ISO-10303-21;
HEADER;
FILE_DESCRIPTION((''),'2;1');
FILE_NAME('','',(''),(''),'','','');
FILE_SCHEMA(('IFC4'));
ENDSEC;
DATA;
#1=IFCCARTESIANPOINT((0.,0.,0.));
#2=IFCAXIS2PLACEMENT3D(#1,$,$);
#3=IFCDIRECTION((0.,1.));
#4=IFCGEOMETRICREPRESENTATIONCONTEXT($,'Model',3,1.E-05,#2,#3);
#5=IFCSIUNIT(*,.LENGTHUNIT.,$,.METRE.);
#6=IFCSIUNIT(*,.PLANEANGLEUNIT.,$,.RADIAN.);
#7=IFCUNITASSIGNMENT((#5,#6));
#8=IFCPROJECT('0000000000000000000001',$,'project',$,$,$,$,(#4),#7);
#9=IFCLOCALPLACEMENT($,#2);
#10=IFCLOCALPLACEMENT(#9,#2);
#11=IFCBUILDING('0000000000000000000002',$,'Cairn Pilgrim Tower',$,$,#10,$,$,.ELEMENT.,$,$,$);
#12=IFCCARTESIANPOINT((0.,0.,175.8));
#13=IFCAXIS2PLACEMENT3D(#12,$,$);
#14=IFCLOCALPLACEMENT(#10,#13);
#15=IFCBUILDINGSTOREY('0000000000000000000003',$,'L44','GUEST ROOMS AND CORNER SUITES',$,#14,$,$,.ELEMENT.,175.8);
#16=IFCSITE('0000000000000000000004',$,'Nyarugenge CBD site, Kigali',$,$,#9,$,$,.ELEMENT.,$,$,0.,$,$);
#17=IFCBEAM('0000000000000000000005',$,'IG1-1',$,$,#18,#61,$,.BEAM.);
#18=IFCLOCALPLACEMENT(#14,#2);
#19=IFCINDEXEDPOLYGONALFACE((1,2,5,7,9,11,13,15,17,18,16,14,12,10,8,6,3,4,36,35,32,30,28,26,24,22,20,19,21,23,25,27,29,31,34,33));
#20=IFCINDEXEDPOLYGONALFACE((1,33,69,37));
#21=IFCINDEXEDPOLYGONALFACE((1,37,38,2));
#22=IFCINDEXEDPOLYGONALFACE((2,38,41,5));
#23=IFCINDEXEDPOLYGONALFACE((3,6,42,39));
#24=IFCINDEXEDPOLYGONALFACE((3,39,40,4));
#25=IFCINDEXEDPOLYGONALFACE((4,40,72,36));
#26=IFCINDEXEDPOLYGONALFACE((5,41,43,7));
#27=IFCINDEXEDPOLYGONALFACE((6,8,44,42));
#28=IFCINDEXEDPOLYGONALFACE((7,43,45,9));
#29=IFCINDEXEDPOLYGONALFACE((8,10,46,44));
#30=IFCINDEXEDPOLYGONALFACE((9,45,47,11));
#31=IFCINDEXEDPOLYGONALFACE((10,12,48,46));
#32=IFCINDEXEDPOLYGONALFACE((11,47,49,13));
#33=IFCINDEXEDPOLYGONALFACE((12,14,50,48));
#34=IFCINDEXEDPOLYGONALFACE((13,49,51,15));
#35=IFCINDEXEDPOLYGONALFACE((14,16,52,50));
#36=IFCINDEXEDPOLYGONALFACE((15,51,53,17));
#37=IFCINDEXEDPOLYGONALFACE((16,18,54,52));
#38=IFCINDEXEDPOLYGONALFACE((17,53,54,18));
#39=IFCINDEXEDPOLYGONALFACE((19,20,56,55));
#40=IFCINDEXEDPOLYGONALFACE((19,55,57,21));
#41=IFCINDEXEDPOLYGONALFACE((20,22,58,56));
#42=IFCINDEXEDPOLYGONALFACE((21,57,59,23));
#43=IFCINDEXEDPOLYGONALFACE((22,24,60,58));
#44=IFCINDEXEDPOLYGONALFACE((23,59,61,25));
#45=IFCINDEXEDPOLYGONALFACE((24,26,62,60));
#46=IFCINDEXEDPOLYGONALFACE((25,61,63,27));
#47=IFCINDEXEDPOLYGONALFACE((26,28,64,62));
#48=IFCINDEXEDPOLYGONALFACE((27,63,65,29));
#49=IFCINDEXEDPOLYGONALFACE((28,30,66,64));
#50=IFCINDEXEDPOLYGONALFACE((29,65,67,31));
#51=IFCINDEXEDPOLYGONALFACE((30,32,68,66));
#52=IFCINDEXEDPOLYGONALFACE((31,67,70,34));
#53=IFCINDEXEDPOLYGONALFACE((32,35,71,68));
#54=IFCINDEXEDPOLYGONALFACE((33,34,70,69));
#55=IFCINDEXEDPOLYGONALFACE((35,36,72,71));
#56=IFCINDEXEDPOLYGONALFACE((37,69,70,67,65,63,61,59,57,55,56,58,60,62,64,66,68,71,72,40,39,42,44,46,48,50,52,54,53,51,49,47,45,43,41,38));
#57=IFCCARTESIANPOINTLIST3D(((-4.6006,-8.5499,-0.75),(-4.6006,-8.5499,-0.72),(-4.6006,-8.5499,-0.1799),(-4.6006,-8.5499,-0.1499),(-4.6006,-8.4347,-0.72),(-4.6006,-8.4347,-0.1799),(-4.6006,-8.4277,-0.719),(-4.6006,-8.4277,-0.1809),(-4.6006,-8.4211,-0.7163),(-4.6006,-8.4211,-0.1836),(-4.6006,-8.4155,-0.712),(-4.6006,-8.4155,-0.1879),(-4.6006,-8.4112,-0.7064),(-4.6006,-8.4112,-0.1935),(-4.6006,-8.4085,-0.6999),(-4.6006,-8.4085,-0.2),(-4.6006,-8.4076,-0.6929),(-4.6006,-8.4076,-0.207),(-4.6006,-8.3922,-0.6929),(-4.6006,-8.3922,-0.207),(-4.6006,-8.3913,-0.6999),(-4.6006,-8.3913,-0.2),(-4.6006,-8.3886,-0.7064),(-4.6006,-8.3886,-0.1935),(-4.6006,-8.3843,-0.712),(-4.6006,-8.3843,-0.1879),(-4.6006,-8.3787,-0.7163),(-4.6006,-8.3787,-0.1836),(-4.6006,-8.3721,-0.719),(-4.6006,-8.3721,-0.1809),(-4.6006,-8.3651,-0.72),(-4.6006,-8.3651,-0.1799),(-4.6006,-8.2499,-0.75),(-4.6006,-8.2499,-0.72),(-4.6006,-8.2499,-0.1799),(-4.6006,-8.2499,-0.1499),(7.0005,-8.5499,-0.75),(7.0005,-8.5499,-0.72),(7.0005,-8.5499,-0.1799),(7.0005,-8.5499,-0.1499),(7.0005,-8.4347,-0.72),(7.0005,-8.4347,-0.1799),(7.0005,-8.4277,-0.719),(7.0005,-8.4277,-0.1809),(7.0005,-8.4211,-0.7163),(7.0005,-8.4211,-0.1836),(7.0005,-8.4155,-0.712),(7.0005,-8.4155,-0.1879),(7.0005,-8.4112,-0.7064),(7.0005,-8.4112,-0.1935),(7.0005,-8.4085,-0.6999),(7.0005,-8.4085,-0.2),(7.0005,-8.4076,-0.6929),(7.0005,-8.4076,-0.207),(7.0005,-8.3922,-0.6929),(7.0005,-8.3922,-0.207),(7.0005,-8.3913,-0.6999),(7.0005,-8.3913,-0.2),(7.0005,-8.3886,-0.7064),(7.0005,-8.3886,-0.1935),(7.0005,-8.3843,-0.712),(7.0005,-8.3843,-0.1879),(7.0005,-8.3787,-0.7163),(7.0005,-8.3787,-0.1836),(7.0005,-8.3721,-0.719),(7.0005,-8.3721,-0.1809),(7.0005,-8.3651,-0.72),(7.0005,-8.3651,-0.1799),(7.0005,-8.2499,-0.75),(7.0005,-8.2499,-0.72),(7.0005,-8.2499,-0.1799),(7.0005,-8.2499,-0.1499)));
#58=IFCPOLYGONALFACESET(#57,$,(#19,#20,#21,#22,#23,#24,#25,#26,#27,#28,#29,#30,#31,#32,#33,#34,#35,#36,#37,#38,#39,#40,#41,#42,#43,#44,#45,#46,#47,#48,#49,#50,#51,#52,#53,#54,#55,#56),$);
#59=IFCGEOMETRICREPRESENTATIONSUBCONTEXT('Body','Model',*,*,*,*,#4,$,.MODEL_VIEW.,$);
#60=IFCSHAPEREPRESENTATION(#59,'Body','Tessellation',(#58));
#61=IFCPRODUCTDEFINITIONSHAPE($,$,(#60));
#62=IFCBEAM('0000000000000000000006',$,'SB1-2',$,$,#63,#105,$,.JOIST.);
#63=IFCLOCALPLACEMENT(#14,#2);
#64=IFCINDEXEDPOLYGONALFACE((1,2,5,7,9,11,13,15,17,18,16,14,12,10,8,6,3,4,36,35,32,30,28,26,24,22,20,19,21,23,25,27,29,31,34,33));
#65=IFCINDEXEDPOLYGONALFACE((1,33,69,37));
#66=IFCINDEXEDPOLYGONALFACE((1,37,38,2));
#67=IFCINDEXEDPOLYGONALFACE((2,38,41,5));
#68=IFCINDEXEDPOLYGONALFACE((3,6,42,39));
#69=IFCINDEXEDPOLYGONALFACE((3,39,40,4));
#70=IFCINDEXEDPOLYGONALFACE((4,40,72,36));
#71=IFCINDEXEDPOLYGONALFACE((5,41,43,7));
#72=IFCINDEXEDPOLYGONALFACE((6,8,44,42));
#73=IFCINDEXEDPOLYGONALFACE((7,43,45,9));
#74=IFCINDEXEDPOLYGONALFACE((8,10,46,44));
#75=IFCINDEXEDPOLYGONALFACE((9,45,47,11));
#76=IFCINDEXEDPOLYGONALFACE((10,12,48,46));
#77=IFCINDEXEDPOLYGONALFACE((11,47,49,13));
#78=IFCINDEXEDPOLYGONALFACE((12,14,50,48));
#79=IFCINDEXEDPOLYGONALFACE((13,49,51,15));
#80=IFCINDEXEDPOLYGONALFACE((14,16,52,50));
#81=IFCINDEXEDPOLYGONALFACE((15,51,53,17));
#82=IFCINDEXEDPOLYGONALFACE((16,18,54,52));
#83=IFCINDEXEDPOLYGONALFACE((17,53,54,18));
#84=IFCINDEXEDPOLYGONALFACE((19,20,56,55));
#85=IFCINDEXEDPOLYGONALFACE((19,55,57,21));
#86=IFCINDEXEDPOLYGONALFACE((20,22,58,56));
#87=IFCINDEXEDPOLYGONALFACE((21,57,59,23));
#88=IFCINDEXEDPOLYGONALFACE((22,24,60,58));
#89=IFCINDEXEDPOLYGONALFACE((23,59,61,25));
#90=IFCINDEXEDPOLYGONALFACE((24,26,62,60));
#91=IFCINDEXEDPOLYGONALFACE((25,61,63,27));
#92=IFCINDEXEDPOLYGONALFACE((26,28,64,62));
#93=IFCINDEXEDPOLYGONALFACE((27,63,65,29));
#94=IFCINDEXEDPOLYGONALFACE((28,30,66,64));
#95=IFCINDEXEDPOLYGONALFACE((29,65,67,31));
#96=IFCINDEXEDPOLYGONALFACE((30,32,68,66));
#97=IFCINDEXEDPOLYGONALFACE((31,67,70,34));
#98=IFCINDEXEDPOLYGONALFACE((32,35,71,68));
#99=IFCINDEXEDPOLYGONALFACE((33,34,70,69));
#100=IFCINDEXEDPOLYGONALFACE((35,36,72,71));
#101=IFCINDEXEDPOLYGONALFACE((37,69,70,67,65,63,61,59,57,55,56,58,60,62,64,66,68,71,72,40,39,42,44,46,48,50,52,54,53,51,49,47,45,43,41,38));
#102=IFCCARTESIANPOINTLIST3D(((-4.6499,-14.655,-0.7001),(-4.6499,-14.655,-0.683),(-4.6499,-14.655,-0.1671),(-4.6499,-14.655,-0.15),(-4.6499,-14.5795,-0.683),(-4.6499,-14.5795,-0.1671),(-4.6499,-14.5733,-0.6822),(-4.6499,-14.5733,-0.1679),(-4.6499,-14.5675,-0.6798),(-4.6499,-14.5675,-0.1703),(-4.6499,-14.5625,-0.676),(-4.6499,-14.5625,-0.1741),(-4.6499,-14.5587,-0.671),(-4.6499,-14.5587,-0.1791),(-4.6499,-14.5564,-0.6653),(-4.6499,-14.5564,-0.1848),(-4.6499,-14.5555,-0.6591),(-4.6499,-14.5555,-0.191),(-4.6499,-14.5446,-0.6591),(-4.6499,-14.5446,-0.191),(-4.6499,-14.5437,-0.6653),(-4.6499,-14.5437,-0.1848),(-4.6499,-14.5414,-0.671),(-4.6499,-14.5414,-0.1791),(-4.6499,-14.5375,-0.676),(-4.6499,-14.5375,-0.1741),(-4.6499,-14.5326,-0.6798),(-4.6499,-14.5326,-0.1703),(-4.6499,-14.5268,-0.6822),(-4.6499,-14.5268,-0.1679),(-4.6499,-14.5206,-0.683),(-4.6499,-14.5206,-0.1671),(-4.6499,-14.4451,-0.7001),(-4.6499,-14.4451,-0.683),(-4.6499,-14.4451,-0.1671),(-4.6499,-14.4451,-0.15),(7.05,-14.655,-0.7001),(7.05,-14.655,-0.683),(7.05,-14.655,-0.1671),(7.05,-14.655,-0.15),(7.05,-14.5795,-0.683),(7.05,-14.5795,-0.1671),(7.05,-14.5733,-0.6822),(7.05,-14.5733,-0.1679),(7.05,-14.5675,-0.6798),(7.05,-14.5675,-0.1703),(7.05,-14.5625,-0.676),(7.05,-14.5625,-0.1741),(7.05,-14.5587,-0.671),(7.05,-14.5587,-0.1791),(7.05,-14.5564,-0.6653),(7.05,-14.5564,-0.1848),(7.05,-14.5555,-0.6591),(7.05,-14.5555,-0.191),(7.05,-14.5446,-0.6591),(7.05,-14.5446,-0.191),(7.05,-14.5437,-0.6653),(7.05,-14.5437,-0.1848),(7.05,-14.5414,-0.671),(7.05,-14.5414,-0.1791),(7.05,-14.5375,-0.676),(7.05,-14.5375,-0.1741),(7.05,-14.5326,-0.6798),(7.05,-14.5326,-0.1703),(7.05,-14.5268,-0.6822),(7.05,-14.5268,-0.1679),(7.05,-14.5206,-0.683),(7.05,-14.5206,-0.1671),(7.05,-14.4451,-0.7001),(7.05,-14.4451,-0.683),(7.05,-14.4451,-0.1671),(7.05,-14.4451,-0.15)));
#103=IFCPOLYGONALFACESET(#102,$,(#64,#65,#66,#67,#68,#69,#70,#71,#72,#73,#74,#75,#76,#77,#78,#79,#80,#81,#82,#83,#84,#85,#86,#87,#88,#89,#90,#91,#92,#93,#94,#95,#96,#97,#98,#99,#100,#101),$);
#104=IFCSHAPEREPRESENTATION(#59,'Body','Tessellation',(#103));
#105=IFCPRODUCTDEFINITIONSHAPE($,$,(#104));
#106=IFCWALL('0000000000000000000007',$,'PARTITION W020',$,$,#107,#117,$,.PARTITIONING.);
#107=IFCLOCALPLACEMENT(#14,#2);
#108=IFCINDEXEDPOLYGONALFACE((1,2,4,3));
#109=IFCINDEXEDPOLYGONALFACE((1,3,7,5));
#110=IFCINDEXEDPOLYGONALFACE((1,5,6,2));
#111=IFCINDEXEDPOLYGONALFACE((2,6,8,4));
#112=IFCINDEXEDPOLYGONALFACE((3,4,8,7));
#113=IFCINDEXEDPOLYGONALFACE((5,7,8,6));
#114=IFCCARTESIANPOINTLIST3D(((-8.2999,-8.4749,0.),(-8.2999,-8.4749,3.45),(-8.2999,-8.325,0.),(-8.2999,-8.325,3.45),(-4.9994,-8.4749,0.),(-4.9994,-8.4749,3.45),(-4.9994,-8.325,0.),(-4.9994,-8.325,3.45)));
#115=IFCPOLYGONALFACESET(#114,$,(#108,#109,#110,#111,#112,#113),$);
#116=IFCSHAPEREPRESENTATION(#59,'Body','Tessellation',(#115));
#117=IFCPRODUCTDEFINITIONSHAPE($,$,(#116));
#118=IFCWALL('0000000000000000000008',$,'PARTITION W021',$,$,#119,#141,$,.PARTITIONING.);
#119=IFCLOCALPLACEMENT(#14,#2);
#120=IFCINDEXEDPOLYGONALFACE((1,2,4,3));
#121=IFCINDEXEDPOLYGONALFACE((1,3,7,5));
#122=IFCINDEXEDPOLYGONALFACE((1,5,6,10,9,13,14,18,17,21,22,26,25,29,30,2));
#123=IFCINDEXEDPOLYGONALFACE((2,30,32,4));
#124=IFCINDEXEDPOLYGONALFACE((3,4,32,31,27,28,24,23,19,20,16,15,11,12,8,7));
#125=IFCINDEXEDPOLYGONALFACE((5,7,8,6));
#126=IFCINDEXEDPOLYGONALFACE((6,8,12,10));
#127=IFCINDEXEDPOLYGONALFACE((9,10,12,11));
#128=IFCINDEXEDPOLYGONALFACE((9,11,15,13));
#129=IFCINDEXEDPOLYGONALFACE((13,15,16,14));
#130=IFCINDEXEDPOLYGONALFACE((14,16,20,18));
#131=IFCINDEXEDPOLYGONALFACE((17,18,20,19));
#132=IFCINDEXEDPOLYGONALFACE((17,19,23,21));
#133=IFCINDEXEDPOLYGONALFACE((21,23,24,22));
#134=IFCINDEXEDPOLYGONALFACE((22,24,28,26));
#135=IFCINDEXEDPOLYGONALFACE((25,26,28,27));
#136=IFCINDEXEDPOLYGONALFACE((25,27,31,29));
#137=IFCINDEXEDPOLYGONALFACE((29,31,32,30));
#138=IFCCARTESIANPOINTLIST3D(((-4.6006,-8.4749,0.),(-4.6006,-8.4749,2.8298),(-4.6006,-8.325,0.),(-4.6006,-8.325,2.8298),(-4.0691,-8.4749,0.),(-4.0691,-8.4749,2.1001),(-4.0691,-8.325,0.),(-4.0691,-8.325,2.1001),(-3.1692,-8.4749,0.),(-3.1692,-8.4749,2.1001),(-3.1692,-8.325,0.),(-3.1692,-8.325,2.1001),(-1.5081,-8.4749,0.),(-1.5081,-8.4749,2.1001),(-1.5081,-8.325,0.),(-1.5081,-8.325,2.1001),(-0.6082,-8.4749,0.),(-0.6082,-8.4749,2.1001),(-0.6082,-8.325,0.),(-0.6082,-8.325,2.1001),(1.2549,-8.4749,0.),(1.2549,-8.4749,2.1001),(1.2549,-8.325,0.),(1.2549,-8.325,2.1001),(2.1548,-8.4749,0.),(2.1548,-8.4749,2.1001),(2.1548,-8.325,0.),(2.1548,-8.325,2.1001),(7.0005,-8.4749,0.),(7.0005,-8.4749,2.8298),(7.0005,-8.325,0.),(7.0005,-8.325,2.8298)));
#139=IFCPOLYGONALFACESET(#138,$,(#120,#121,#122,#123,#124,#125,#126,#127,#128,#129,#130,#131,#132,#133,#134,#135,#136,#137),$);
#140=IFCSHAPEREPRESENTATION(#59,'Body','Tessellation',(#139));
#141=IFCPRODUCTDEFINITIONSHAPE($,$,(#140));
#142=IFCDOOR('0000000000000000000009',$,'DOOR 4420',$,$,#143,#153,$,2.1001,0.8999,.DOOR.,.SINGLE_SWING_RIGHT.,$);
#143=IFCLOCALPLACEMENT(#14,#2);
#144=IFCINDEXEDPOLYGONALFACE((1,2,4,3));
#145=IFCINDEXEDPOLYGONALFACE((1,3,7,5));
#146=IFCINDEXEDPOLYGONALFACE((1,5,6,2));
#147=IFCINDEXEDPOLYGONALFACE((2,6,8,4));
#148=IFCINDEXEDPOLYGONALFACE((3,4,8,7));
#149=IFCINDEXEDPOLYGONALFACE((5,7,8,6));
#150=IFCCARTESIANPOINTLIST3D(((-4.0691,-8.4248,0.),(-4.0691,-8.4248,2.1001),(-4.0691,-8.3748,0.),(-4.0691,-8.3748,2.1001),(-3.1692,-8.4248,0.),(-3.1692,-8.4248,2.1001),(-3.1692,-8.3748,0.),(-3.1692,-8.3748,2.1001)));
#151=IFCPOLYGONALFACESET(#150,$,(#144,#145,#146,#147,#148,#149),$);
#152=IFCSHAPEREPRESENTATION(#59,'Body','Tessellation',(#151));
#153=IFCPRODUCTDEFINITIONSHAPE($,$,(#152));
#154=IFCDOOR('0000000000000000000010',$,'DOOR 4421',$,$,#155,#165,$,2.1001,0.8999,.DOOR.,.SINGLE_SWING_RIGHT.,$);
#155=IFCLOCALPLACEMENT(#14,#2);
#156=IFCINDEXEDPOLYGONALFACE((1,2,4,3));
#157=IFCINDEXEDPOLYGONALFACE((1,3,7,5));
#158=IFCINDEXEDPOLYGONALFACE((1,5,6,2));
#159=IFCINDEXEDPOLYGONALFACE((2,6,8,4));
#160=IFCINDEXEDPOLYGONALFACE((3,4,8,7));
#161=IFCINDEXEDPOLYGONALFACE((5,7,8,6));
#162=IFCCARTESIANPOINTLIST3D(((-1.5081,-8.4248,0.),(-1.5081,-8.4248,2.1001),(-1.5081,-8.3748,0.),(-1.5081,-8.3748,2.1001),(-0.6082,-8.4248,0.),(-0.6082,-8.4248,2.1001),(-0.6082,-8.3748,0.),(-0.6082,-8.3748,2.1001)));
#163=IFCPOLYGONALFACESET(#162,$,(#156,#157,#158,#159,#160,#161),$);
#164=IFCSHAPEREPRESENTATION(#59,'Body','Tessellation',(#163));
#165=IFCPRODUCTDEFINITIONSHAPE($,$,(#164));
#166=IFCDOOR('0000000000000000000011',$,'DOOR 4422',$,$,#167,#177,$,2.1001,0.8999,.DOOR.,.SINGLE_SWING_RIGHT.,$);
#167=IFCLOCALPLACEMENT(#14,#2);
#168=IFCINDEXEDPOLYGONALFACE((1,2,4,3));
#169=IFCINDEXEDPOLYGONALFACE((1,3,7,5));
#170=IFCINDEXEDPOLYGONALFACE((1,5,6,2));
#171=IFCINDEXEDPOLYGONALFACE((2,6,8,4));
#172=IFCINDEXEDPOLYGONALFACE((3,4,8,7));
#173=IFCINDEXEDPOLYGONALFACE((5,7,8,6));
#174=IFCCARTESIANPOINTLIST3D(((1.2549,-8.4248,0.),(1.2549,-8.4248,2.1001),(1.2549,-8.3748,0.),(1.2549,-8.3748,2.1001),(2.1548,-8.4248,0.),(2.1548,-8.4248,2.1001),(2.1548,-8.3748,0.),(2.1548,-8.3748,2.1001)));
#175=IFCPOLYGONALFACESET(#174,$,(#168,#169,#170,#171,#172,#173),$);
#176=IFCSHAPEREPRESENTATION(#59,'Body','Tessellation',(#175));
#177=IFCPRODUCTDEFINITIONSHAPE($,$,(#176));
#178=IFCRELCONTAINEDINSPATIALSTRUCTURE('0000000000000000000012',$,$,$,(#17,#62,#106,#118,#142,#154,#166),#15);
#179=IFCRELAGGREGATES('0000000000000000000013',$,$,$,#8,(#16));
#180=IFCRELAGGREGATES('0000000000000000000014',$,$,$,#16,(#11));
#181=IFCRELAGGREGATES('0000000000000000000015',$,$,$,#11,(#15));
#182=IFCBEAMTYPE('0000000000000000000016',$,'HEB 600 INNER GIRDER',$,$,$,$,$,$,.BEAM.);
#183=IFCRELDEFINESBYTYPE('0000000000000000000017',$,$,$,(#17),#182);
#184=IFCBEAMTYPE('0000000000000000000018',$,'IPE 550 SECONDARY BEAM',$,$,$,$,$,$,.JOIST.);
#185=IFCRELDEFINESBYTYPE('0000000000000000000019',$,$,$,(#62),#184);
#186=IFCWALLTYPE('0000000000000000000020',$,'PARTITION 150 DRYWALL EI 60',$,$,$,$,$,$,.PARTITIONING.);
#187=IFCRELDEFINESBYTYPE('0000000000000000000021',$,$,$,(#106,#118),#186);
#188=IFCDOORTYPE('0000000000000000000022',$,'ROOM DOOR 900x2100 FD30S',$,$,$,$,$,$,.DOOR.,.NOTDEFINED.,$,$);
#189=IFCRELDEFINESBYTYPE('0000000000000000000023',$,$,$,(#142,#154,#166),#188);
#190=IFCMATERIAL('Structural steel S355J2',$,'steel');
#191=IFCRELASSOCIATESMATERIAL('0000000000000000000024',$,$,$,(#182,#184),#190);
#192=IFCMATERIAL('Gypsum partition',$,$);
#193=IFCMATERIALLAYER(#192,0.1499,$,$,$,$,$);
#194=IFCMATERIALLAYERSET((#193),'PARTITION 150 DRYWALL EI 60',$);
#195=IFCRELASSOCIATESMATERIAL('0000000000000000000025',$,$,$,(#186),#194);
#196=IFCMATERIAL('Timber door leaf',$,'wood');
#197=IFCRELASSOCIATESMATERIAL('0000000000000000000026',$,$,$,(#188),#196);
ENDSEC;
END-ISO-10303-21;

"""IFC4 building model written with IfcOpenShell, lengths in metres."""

from ifc_helpers import new_model, si_unit, direction, frame, frame_2d, origin, origin_2d, place, context, subcontext, project, spatial, rectangle, i_section, extrude, material, layer, layer_set, material_profile, profile_set, type_object, element, fill, save


model = new_model("IFC4")

# Units and contexts
model_context = context("Model", 3, precision=1e-05, world=origin(), true_north=direction((0.0, 1.0)))
body_context = subcontext(model_context, "Body", "Model", "MODEL_VIEW")
ifc_project = project(units=[si_unit("LENGTHUNIT", "METRE"), si_unit("PLANEANGLEUNIT", "RADIAN")], contexts=[model_context])

# Site, building, storey
site_placement = place(None, origin())
site = spatial("IfcSite", under=ifc_project, at=site_placement, Name="Nyarugenge CBD site, Kigali", CompositionType="ELEMENT", RefElevation=0.0)
building_placement = place(site_placement, origin())
building = spatial("IfcBuilding", under=site, at=building_placement, Name="Cairn Pilgrim Tower", CompositionType="ELEMENT")
storey_placement = place(building_placement, frame((0.0, 0.0, 175.8)))
storey = spatial("IfcBuildingStorey", under=building, at=storey_placement, Name="L44", Description="GUEST ROOMS AND CORNER SUITES", CompositionType="ELEMENT", Elevation=175.8)

# Shared definitions
ifc_material_1 = material(Name="Structural steel S355J2", Category="steel")

# Beams
ifc_material_profile_1 = material_profile(ifc_material_1, i_section(OverallWidth=0.3, OverallDepth=0.6001, WebThickness=0.0154, FlangeThickness=0.03, FilletRadius=0.0271, at=origin_2d()), Name="HEB 600")
ifc_profile_set_1 = profile_set([ifc_material_profile_1], Name="Structural steel S355J2")
beam_type_1 = type_object("IfcBeamType", Name="HEB 600 INNER GIRDER", PredefinedType="BEAM", material=ifc_profile_set_1)
beam_1_placement = place(storey_placement, frame((-4.6006, -8.3999, -0.45), z_axis=(1.0, 0.0, 0.0), x_axis=(0.0, 1.0, 0.0)))
element("IfcBeam", 1, at=beam_1_placement, inside=storey, type_object=beam_type_1, Name="IG1-1", PredefinedType="BEAM", context=body_context, shape_type="SweptSolid", body=[
    extrude(i_section(OverallWidth=0.3, OverallDepth=0.6001, WebThickness=0.0154, FlangeThickness=0.03, FilletRadius=0.0271, at=origin_2d()), origin(), (0.0, 0.0, 1.0), 11.6011),
])
ifc_material_profile_2 = material_profile(ifc_material_1, i_section(OverallWidth=0.21, OverallDepth=0.55, WebThickness=0.011, FlangeThickness=0.0171, FilletRadius=0.0239, at=origin_2d()), Name="IPE 550")
ifc_profile_set_2 = profile_set([ifc_material_profile_2], Name="Structural steel S355J2")
beam_type_2 = type_object("IfcBeamType", Name="IPE 550 SECONDARY BEAM", PredefinedType="JOIST", material=ifc_profile_set_2)
beam_2_placement = place(storey_placement, frame((-4.6499, -14.55, -0.425), z_axis=(1.0, 0.0, 0.0), x_axis=(0.0, 1.0, 0.0)))
element("IfcBeam", 2, at=beam_2_placement, inside=storey, type_object=beam_type_2, Name="SB1-2", PredefinedType="JOIST", context=body_context, shape_type="SweptSolid", body=[
    extrude(i_section(OverallWidth=0.21, OverallDepth=0.55, WebThickness=0.011, FlangeThickness=0.0171, FilletRadius=0.0239, at=origin_2d()), origin(), (0.0, 0.0, 1.0), 11.7),
])

# Wall
ifc_material_2 = material(Name="Gypsum partition")
ifc_layer_1 = layer(ifc_material_2, 0.1499)
ifc_layer_set_1 = layer_set([ifc_layer_1], Name="PARTITION 150 DRYWALL EI 60")
wall_type_1 = type_object("IfcWallType", Name="PARTITION 150 DRYWALL EI 60", PredefinedType="PARTITIONING", material=ifc_layer_set_1)
wall_1_placement = place(storey_placement, frame((-8.3, -8.3999, 0.0), z_axis=(0.0, 0.0, 1.0), x_axis=(1.0, 0.0, 0.0)))
element("IfcWall", 3, at=wall_1_placement, inside=storey, type_object=wall_type_1, Name="PARTITION W020", PredefinedType="PARTITIONING", context=body_context, shape_type="SweptSolid", body=[
    extrude(rectangle(XDim=3.3005, YDim=0.1499, at=frame_2d((1.6504, 0.0))), origin(), (0.0, 0.0, 1.0), 3.45),
])

# Wall, openings, doors
wall_2_placement = place(storey_placement, frame((-4.6006, -8.3999, 0.0), z_axis=(0.0, 0.0, 1.0), x_axis=(1.0, 0.0, 0.0)))
wall_2 = element("IfcWall", 4, at=wall_2_placement, inside=storey, type_object=wall_type_1, Name="PARTITION W021", PredefinedType="PARTITIONING", context=body_context, shape_type="SweptSolid", body=[
    extrude(rectangle(XDim=11.6011, YDim=0.1499, at=frame_2d((5.8005, 0.0))), origin(), (0.0, 0.0, 1.0), 2.8298),
])
opening_1_placement = place(wall_2_placement, frame((0.5315, 0.0, 0.0)))
opening_1 = element("IfcOpeningElement", 5, at=opening_1_placement, cuts=wall_2, PredefinedType="OPENING", context=body_context, shape_type="SweptSolid", body=[
    extrude(rectangle(XDim=0.8999, YDim=2.1001, at=frame_2d((0.45, 1.05))), frame((0.0, 0.085, 0.0), z_axis=(0.0, -1.0, 0.0), x_axis=(1.0, 0.0, 0.0)), (0.0, 0.0, 1.0), 0.1699),
])
opening_2_placement = place(wall_2_placement, frame((3.0925, 0.0, 0.0)))
opening_2 = element("IfcOpeningElement", 6, at=opening_2_placement, cuts=wall_2, PredefinedType="OPENING", context=body_context, shape_type="SweptSolid", body=[
    extrude(rectangle(XDim=0.8999, YDim=2.1001, at=frame_2d((0.45, 1.05))), frame((0.0, 0.085, 0.0), z_axis=(0.0, -1.0, 0.0), x_axis=(1.0, 0.0, 0.0)), (0.0, 0.0, 1.0), 0.1699),
])
opening_3_placement = place(wall_2_placement, frame((5.8555, 0.0, 0.0)))
opening_3 = element("IfcOpeningElement", 7, at=opening_3_placement, cuts=wall_2, PredefinedType="OPENING", context=body_context, shape_type="SweptSolid", body=[
    extrude(rectangle(XDim=0.8999, YDim=2.1001, at=frame_2d((0.45, 1.05))), frame((0.0, 0.085, 0.0), z_axis=(0.0, -1.0, 0.0), x_axis=(1.0, 0.0, 0.0)), (0.0, 0.0, 1.0), 0.1699),
])
ifc_material_3 = material(Name="Timber door leaf", Category="wood")
door_type_1 = type_object("IfcDoorType", Name="ROOM DOOR 900x2100 FD30S", OperationType="NOTDEFINED", PredefinedType="DOOR", material=ifc_material_3)
door_1_placement = place(opening_1_placement, frame((0.8999, 0.0, 0.0), z_axis=(0.0, 0.0, 1.0), x_axis=(-1.0, 0.0, 0.0)))
door_1 = element("IfcDoor", 8, at=door_1_placement, inside=storey, type_object=door_type_1, Name="DOOR 4420", OperationType="SINGLE_SWING_RIGHT", OverallHeight=2.1001, OverallWidth=0.8999, PredefinedType="DOOR", context=body_context, shape_type="SweptSolid", body=[
    extrude(rectangle(XDim=0.8999, YDim=2.1001, at=frame_2d((0.45, 1.05))), frame((0.0, 0.0249, 0.0), z_axis=(0.0, -1.0, 0.0), x_axis=(1.0, 0.0, 0.0)), (0.0, 0.0, 1.0), 0.05),
])
fill(opening_1, door_1)
door_2_placement = place(opening_2_placement, frame((0.8999, 0.0, 0.0), z_axis=(0.0, 0.0, 1.0), x_axis=(-1.0, 0.0, 0.0)))
door_2 = element("IfcDoor", 9, at=door_2_placement, inside=storey, type_object=door_type_1, Name="DOOR 4421", OperationType="SINGLE_SWING_RIGHT", OverallHeight=2.1001, OverallWidth=0.8999, PredefinedType="DOOR", context=body_context, shape_type="SweptSolid", body=[
    extrude(rectangle(XDim=0.8999, YDim=2.1001, at=frame_2d((0.45, 1.05))), frame((0.0, 0.0249, 0.0), z_axis=(0.0, -1.0, 0.0), x_axis=(1.0, 0.0, 0.0)), (0.0, 0.0, 1.0), 0.05),
])
fill(opening_2, door_2)
door_3_placement = place(opening_3_placement, frame((0.8999, 0.0, 0.0), z_axis=(0.0, 0.0, 1.0), x_axis=(-1.0, 0.0, 0.0)))
door_3 = element("IfcDoor", 10, at=door_3_placement, inside=storey, type_object=door_type_1, Name="DOOR 4422", OperationType="SINGLE_SWING_RIGHT", OverallHeight=2.1001, OverallWidth=0.8999, PredefinedType="DOOR", context=body_context, shape_type="SweptSolid", body=[
    extrude(rectangle(XDim=0.8999, YDim=2.1001, at=frame_2d((0.45, 1.05))), frame((0.0, 0.0249, 0.0), z_axis=(0.0, -1.0, 0.0), x_axis=(1.0, 0.0, 0.0)), (0.0, 0.0, 1.0), 0.05),
])
fill(opening_3, door_3)

save(model, "model.ifc")
